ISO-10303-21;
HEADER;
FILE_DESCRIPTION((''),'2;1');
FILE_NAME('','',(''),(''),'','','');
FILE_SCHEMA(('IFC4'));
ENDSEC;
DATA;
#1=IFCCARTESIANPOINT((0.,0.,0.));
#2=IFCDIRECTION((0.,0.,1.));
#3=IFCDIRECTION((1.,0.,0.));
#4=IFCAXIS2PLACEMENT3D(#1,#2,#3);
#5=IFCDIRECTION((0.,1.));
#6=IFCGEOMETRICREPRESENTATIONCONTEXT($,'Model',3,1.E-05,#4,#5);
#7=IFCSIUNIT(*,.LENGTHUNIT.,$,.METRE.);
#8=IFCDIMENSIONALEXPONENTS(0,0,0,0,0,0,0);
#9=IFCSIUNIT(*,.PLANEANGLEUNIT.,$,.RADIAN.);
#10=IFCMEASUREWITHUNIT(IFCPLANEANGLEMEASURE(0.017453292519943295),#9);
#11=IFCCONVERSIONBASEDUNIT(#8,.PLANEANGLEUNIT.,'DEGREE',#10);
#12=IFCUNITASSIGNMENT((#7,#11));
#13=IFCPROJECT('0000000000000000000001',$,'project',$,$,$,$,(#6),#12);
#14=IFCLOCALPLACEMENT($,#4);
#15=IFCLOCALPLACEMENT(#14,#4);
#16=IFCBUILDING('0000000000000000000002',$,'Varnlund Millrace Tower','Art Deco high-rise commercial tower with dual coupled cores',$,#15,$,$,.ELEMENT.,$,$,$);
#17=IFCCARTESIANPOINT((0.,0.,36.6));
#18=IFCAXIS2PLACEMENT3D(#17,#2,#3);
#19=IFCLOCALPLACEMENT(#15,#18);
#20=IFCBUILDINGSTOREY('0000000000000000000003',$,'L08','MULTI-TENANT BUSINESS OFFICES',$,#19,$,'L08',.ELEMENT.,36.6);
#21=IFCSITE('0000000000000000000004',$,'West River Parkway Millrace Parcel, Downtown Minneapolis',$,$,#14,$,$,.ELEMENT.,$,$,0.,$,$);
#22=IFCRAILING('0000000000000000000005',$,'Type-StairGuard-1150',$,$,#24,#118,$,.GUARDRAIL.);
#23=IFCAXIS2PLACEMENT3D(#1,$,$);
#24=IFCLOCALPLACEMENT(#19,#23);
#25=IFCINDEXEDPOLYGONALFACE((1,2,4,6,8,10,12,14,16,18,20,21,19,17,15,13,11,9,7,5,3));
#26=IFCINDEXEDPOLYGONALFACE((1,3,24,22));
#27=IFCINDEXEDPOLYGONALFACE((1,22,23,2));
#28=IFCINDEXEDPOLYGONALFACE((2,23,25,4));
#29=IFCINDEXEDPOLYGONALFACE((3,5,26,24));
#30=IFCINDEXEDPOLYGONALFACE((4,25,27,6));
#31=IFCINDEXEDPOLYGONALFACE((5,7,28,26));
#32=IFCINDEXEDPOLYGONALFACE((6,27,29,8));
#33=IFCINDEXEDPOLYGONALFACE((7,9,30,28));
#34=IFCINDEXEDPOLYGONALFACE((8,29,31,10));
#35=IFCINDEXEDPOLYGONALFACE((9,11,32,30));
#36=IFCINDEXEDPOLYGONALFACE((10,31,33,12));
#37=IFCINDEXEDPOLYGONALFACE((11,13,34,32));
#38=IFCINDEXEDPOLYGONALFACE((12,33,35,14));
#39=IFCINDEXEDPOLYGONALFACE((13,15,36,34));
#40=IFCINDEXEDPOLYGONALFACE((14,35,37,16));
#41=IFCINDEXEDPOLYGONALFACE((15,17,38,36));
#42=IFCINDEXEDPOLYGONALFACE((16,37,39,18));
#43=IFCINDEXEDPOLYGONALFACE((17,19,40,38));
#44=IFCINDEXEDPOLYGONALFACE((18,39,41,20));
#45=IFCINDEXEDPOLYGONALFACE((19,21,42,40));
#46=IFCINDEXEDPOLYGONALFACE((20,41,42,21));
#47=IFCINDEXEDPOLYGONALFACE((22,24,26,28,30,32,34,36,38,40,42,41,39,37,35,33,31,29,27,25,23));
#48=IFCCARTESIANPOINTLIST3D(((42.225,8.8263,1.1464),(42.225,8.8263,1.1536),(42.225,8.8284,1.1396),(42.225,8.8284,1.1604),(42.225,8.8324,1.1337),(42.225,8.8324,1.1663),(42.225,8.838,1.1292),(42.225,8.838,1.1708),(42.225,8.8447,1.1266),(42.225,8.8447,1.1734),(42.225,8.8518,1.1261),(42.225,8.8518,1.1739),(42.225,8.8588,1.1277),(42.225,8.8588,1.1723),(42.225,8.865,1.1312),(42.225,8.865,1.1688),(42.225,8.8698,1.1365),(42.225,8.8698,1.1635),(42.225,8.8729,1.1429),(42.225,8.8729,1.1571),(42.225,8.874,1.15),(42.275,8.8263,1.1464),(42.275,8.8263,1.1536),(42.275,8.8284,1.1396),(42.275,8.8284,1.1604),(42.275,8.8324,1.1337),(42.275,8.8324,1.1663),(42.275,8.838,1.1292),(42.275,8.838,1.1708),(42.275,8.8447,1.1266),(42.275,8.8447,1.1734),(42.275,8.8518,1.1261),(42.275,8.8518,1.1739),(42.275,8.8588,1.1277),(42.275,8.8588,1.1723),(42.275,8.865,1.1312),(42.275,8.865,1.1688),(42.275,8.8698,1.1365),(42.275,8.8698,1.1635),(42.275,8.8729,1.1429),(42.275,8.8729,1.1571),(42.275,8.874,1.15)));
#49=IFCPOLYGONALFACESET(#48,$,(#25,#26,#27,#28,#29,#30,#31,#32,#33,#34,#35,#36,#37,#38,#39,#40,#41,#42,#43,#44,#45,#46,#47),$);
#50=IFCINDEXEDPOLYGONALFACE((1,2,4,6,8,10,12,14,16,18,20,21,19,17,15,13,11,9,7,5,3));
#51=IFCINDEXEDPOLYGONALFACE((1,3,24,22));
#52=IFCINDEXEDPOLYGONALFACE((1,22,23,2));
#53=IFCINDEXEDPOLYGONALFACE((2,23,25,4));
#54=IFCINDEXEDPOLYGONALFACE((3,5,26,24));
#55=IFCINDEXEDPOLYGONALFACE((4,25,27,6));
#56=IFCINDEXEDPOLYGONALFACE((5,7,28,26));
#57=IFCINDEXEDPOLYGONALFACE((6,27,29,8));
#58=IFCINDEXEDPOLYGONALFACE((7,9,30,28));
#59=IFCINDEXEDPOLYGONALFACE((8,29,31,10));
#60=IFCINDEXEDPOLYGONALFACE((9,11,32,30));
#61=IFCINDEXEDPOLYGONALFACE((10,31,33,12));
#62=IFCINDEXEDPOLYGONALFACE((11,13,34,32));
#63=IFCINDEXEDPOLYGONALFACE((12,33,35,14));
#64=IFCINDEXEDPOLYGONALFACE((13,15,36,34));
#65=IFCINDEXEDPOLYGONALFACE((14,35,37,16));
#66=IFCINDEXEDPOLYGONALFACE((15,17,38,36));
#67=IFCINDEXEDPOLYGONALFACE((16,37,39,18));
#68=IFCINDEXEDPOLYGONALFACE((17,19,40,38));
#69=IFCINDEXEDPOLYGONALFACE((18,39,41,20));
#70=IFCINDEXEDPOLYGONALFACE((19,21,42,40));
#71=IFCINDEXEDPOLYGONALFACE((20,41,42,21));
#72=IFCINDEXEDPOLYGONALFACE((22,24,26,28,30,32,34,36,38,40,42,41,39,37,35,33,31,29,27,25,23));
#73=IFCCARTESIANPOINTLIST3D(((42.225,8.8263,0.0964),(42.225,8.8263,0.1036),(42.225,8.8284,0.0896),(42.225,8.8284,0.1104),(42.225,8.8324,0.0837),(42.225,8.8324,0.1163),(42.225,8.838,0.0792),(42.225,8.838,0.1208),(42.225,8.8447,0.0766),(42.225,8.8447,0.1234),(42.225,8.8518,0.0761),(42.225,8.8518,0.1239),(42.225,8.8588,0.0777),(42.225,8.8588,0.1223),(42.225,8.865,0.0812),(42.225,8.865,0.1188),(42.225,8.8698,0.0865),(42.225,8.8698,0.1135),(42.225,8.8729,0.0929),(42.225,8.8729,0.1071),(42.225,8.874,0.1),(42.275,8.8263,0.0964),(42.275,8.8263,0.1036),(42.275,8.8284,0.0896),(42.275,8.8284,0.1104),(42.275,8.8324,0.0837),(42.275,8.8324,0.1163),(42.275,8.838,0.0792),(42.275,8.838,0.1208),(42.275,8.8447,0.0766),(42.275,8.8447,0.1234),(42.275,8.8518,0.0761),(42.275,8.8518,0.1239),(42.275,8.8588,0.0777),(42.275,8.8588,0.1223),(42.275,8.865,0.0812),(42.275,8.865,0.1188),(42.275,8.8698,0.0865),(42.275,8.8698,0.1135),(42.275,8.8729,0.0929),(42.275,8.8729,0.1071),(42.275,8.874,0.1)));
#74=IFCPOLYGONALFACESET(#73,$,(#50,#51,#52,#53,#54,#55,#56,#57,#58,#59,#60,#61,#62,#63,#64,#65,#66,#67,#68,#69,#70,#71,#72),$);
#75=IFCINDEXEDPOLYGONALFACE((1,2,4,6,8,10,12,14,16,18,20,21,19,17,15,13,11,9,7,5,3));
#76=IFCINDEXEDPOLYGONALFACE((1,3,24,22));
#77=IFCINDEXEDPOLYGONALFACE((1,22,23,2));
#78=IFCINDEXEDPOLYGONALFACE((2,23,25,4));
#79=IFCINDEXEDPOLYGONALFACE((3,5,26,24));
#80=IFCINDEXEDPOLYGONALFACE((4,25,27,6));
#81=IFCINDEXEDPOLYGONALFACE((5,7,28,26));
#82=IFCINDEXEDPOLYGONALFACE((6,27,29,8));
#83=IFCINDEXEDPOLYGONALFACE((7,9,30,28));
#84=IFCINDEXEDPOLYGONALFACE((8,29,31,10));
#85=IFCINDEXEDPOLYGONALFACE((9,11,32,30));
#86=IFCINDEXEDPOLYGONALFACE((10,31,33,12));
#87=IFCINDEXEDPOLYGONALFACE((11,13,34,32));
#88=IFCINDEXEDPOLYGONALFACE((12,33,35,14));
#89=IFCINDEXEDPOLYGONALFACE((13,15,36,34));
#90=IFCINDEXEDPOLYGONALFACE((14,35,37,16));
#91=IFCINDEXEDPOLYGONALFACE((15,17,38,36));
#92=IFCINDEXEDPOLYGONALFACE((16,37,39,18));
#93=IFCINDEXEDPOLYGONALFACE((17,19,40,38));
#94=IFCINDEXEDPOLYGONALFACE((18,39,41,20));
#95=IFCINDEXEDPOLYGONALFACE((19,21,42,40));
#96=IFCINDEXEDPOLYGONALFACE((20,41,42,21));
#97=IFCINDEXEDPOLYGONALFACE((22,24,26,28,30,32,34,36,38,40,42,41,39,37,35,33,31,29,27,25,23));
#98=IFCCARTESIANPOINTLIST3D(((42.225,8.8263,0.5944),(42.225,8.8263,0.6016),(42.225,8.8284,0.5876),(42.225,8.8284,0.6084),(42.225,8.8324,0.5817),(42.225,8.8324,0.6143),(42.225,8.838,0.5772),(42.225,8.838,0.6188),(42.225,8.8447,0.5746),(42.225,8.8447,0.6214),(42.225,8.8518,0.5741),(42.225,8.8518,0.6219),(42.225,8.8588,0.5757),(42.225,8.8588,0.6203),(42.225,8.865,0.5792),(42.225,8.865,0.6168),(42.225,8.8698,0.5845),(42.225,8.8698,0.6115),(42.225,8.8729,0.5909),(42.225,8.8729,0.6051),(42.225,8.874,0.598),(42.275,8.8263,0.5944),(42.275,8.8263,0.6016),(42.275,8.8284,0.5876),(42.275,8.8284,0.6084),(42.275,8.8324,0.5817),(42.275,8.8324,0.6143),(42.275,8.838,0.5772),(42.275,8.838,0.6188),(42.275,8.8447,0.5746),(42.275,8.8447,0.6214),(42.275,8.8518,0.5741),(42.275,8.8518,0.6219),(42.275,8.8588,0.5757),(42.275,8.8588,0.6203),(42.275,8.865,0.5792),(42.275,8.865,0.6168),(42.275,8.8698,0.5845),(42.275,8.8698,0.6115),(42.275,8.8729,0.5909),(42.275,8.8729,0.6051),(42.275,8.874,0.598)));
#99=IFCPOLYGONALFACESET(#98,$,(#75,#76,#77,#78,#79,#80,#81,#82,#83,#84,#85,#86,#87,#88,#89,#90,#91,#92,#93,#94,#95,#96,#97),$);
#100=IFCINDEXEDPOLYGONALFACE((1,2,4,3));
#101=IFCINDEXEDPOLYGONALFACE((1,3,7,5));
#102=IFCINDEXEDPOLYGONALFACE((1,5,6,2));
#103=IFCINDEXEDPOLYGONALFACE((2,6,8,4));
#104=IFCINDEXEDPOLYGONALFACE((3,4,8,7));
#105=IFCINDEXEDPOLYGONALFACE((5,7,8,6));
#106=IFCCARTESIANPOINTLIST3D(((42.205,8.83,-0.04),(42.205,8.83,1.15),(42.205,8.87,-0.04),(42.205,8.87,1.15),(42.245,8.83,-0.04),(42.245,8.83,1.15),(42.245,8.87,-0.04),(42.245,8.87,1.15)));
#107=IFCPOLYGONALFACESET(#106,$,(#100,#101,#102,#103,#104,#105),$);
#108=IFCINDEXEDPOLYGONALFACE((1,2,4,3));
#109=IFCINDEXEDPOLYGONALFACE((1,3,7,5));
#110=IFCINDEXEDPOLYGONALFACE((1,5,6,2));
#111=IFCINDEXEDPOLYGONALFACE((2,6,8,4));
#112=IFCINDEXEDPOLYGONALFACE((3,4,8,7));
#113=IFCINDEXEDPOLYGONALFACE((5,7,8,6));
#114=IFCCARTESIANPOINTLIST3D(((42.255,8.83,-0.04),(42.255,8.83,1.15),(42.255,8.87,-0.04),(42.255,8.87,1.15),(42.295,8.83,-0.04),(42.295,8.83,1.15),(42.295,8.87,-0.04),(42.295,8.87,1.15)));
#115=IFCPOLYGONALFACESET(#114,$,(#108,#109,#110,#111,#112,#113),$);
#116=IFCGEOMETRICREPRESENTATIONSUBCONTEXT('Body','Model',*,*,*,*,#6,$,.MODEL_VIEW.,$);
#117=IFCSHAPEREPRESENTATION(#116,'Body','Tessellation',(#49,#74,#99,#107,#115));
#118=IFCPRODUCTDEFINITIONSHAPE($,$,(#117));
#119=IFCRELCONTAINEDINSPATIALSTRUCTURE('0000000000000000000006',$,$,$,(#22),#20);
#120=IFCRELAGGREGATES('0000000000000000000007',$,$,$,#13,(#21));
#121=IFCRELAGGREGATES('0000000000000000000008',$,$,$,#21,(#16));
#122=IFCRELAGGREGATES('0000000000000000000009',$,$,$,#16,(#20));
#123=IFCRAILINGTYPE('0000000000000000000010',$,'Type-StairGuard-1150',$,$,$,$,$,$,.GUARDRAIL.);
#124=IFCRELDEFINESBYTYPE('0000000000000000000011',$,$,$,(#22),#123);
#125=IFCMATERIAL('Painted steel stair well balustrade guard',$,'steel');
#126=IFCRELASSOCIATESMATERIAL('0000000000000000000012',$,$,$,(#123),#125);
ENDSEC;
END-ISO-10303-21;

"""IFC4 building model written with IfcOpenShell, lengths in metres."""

from ifc_helpers import new_model, entity, si_unit, converted_unit, direction, frame, origin_with_axes, origin_2d_with_axis, place, context, subcontext, project, spatial, rectangle, circle, extrude, material, type_object, element, save


model = new_model("IFC4")

# Units and contexts
model_context = context("Model", 3, precision=1e-05, world=origin_with_axes(), true_north=direction((0.0, 1.0)))
body_context = subcontext(model_context, "Body", "Model", "MODEL_VIEW")
ifc_project = project(units=[si_unit("LENGTHUNIT", "METRE"), converted_unit("PLANEANGLEUNIT", "DEGREE", entity("IfcPlaneAngleMeasure", 0.017453292519943295), si_unit("PLANEANGLEUNIT", "RADIAN"), dimensions=[0, 0, 0, 0, 0, 0, 0])], contexts=[model_context])

# Site, building, storey
site_placement = place(None, origin_with_axes())
site = spatial("IfcSite", under=ifc_project, at=site_placement, Name="West River Parkway Millrace Parcel, Downtown Minneapolis", CompositionType="ELEMENT", RefElevation=0.0)
building_placement = place(site_placement, origin_with_axes())
building = spatial("IfcBuilding", under=site, at=building_placement, Name="Varnlund Millrace Tower", Description="Art Deco high-rise commercial tower with dual coupled cores", CompositionType="ELEMENT")
storey_placement = place(building_placement, frame((0.0, 0.0, 36.6), z_axis=(0.0, 0.0, 1.0), x_axis=(1.0, 0.0, 0.0)))
storey = spatial("IfcBuildingStorey", under=building, at=storey_placement, Name="L08", Description="MULTI-TENANT BUSINESS OFFICES", LongName="L08", CompositionType="ELEMENT", Elevation=36.6)

# Railing
ifc_material_1 = material(Name="Painted steel stair well balustrade guard", Category="steel")
railing_type_1 = type_object("IfcRailingType", Name="Type-StairGuard-1150", PredefinedType="GUARDRAIL", material=ifc_material_1)
railing_1_placement = place(storey_placement, frame((0.0, 0.0, -36.6), z_axis=(0.0, 0.0, 1.0), x_axis=(1.0, 0.0, 0.0)))
element("IfcRailing", 1, at=railing_1_placement, inside=storey, type_object=railing_type_1, Name="Type-StairGuard-1150", PredefinedType="GUARDRAIL", context=body_context, shape_type="SweptSolid", body=[
    extrude(circle(Radius=0.024, at=origin_2d_with_axis()), frame((42.225, 8.85, 37.75), z_axis=(1.0, 0.0, 0.0), x_axis=(0.0, 1.0, 0.0)), (0.0, 0.0, 1.0), 0.05),
    extrude(circle(Radius=0.024, at=origin_2d_with_axis()), frame((42.225, 8.85, 36.7), z_axis=(1.0, 0.0, 0.0), x_axis=(0.0, 1.0, 0.0)), (0.0, 0.0, 1.0), 0.05),
    extrude(circle(Radius=0.024, at=origin_2d_with_axis()), frame((42.225, 8.85, 37.198), z_axis=(1.0, 0.0, 0.0), x_axis=(0.0, 1.0, 0.0)), (0.0, 0.0, 1.0), 0.05),
    extrude(rectangle(XDim=0.04, YDim=0.04, at=origin_2d_with_axis()), frame((42.225, 8.85, 36.56), z_axis=(0.0, 0.0, 1.0), x_axis=(1.0, 0.0, 0.0)), (0.0, 0.0, 1.0), 1.19),
    extrude(rectangle(XDim=0.04, YDim=0.04, at=origin_2d_with_axis()), frame((42.275, 8.85, 36.56), z_axis=(0.0, 0.0, 1.0), x_axis=(1.0, 0.0, 0.0)), (0.0, 0.0, 1.0), 1.19),
])

save(model, "model.ifc")
